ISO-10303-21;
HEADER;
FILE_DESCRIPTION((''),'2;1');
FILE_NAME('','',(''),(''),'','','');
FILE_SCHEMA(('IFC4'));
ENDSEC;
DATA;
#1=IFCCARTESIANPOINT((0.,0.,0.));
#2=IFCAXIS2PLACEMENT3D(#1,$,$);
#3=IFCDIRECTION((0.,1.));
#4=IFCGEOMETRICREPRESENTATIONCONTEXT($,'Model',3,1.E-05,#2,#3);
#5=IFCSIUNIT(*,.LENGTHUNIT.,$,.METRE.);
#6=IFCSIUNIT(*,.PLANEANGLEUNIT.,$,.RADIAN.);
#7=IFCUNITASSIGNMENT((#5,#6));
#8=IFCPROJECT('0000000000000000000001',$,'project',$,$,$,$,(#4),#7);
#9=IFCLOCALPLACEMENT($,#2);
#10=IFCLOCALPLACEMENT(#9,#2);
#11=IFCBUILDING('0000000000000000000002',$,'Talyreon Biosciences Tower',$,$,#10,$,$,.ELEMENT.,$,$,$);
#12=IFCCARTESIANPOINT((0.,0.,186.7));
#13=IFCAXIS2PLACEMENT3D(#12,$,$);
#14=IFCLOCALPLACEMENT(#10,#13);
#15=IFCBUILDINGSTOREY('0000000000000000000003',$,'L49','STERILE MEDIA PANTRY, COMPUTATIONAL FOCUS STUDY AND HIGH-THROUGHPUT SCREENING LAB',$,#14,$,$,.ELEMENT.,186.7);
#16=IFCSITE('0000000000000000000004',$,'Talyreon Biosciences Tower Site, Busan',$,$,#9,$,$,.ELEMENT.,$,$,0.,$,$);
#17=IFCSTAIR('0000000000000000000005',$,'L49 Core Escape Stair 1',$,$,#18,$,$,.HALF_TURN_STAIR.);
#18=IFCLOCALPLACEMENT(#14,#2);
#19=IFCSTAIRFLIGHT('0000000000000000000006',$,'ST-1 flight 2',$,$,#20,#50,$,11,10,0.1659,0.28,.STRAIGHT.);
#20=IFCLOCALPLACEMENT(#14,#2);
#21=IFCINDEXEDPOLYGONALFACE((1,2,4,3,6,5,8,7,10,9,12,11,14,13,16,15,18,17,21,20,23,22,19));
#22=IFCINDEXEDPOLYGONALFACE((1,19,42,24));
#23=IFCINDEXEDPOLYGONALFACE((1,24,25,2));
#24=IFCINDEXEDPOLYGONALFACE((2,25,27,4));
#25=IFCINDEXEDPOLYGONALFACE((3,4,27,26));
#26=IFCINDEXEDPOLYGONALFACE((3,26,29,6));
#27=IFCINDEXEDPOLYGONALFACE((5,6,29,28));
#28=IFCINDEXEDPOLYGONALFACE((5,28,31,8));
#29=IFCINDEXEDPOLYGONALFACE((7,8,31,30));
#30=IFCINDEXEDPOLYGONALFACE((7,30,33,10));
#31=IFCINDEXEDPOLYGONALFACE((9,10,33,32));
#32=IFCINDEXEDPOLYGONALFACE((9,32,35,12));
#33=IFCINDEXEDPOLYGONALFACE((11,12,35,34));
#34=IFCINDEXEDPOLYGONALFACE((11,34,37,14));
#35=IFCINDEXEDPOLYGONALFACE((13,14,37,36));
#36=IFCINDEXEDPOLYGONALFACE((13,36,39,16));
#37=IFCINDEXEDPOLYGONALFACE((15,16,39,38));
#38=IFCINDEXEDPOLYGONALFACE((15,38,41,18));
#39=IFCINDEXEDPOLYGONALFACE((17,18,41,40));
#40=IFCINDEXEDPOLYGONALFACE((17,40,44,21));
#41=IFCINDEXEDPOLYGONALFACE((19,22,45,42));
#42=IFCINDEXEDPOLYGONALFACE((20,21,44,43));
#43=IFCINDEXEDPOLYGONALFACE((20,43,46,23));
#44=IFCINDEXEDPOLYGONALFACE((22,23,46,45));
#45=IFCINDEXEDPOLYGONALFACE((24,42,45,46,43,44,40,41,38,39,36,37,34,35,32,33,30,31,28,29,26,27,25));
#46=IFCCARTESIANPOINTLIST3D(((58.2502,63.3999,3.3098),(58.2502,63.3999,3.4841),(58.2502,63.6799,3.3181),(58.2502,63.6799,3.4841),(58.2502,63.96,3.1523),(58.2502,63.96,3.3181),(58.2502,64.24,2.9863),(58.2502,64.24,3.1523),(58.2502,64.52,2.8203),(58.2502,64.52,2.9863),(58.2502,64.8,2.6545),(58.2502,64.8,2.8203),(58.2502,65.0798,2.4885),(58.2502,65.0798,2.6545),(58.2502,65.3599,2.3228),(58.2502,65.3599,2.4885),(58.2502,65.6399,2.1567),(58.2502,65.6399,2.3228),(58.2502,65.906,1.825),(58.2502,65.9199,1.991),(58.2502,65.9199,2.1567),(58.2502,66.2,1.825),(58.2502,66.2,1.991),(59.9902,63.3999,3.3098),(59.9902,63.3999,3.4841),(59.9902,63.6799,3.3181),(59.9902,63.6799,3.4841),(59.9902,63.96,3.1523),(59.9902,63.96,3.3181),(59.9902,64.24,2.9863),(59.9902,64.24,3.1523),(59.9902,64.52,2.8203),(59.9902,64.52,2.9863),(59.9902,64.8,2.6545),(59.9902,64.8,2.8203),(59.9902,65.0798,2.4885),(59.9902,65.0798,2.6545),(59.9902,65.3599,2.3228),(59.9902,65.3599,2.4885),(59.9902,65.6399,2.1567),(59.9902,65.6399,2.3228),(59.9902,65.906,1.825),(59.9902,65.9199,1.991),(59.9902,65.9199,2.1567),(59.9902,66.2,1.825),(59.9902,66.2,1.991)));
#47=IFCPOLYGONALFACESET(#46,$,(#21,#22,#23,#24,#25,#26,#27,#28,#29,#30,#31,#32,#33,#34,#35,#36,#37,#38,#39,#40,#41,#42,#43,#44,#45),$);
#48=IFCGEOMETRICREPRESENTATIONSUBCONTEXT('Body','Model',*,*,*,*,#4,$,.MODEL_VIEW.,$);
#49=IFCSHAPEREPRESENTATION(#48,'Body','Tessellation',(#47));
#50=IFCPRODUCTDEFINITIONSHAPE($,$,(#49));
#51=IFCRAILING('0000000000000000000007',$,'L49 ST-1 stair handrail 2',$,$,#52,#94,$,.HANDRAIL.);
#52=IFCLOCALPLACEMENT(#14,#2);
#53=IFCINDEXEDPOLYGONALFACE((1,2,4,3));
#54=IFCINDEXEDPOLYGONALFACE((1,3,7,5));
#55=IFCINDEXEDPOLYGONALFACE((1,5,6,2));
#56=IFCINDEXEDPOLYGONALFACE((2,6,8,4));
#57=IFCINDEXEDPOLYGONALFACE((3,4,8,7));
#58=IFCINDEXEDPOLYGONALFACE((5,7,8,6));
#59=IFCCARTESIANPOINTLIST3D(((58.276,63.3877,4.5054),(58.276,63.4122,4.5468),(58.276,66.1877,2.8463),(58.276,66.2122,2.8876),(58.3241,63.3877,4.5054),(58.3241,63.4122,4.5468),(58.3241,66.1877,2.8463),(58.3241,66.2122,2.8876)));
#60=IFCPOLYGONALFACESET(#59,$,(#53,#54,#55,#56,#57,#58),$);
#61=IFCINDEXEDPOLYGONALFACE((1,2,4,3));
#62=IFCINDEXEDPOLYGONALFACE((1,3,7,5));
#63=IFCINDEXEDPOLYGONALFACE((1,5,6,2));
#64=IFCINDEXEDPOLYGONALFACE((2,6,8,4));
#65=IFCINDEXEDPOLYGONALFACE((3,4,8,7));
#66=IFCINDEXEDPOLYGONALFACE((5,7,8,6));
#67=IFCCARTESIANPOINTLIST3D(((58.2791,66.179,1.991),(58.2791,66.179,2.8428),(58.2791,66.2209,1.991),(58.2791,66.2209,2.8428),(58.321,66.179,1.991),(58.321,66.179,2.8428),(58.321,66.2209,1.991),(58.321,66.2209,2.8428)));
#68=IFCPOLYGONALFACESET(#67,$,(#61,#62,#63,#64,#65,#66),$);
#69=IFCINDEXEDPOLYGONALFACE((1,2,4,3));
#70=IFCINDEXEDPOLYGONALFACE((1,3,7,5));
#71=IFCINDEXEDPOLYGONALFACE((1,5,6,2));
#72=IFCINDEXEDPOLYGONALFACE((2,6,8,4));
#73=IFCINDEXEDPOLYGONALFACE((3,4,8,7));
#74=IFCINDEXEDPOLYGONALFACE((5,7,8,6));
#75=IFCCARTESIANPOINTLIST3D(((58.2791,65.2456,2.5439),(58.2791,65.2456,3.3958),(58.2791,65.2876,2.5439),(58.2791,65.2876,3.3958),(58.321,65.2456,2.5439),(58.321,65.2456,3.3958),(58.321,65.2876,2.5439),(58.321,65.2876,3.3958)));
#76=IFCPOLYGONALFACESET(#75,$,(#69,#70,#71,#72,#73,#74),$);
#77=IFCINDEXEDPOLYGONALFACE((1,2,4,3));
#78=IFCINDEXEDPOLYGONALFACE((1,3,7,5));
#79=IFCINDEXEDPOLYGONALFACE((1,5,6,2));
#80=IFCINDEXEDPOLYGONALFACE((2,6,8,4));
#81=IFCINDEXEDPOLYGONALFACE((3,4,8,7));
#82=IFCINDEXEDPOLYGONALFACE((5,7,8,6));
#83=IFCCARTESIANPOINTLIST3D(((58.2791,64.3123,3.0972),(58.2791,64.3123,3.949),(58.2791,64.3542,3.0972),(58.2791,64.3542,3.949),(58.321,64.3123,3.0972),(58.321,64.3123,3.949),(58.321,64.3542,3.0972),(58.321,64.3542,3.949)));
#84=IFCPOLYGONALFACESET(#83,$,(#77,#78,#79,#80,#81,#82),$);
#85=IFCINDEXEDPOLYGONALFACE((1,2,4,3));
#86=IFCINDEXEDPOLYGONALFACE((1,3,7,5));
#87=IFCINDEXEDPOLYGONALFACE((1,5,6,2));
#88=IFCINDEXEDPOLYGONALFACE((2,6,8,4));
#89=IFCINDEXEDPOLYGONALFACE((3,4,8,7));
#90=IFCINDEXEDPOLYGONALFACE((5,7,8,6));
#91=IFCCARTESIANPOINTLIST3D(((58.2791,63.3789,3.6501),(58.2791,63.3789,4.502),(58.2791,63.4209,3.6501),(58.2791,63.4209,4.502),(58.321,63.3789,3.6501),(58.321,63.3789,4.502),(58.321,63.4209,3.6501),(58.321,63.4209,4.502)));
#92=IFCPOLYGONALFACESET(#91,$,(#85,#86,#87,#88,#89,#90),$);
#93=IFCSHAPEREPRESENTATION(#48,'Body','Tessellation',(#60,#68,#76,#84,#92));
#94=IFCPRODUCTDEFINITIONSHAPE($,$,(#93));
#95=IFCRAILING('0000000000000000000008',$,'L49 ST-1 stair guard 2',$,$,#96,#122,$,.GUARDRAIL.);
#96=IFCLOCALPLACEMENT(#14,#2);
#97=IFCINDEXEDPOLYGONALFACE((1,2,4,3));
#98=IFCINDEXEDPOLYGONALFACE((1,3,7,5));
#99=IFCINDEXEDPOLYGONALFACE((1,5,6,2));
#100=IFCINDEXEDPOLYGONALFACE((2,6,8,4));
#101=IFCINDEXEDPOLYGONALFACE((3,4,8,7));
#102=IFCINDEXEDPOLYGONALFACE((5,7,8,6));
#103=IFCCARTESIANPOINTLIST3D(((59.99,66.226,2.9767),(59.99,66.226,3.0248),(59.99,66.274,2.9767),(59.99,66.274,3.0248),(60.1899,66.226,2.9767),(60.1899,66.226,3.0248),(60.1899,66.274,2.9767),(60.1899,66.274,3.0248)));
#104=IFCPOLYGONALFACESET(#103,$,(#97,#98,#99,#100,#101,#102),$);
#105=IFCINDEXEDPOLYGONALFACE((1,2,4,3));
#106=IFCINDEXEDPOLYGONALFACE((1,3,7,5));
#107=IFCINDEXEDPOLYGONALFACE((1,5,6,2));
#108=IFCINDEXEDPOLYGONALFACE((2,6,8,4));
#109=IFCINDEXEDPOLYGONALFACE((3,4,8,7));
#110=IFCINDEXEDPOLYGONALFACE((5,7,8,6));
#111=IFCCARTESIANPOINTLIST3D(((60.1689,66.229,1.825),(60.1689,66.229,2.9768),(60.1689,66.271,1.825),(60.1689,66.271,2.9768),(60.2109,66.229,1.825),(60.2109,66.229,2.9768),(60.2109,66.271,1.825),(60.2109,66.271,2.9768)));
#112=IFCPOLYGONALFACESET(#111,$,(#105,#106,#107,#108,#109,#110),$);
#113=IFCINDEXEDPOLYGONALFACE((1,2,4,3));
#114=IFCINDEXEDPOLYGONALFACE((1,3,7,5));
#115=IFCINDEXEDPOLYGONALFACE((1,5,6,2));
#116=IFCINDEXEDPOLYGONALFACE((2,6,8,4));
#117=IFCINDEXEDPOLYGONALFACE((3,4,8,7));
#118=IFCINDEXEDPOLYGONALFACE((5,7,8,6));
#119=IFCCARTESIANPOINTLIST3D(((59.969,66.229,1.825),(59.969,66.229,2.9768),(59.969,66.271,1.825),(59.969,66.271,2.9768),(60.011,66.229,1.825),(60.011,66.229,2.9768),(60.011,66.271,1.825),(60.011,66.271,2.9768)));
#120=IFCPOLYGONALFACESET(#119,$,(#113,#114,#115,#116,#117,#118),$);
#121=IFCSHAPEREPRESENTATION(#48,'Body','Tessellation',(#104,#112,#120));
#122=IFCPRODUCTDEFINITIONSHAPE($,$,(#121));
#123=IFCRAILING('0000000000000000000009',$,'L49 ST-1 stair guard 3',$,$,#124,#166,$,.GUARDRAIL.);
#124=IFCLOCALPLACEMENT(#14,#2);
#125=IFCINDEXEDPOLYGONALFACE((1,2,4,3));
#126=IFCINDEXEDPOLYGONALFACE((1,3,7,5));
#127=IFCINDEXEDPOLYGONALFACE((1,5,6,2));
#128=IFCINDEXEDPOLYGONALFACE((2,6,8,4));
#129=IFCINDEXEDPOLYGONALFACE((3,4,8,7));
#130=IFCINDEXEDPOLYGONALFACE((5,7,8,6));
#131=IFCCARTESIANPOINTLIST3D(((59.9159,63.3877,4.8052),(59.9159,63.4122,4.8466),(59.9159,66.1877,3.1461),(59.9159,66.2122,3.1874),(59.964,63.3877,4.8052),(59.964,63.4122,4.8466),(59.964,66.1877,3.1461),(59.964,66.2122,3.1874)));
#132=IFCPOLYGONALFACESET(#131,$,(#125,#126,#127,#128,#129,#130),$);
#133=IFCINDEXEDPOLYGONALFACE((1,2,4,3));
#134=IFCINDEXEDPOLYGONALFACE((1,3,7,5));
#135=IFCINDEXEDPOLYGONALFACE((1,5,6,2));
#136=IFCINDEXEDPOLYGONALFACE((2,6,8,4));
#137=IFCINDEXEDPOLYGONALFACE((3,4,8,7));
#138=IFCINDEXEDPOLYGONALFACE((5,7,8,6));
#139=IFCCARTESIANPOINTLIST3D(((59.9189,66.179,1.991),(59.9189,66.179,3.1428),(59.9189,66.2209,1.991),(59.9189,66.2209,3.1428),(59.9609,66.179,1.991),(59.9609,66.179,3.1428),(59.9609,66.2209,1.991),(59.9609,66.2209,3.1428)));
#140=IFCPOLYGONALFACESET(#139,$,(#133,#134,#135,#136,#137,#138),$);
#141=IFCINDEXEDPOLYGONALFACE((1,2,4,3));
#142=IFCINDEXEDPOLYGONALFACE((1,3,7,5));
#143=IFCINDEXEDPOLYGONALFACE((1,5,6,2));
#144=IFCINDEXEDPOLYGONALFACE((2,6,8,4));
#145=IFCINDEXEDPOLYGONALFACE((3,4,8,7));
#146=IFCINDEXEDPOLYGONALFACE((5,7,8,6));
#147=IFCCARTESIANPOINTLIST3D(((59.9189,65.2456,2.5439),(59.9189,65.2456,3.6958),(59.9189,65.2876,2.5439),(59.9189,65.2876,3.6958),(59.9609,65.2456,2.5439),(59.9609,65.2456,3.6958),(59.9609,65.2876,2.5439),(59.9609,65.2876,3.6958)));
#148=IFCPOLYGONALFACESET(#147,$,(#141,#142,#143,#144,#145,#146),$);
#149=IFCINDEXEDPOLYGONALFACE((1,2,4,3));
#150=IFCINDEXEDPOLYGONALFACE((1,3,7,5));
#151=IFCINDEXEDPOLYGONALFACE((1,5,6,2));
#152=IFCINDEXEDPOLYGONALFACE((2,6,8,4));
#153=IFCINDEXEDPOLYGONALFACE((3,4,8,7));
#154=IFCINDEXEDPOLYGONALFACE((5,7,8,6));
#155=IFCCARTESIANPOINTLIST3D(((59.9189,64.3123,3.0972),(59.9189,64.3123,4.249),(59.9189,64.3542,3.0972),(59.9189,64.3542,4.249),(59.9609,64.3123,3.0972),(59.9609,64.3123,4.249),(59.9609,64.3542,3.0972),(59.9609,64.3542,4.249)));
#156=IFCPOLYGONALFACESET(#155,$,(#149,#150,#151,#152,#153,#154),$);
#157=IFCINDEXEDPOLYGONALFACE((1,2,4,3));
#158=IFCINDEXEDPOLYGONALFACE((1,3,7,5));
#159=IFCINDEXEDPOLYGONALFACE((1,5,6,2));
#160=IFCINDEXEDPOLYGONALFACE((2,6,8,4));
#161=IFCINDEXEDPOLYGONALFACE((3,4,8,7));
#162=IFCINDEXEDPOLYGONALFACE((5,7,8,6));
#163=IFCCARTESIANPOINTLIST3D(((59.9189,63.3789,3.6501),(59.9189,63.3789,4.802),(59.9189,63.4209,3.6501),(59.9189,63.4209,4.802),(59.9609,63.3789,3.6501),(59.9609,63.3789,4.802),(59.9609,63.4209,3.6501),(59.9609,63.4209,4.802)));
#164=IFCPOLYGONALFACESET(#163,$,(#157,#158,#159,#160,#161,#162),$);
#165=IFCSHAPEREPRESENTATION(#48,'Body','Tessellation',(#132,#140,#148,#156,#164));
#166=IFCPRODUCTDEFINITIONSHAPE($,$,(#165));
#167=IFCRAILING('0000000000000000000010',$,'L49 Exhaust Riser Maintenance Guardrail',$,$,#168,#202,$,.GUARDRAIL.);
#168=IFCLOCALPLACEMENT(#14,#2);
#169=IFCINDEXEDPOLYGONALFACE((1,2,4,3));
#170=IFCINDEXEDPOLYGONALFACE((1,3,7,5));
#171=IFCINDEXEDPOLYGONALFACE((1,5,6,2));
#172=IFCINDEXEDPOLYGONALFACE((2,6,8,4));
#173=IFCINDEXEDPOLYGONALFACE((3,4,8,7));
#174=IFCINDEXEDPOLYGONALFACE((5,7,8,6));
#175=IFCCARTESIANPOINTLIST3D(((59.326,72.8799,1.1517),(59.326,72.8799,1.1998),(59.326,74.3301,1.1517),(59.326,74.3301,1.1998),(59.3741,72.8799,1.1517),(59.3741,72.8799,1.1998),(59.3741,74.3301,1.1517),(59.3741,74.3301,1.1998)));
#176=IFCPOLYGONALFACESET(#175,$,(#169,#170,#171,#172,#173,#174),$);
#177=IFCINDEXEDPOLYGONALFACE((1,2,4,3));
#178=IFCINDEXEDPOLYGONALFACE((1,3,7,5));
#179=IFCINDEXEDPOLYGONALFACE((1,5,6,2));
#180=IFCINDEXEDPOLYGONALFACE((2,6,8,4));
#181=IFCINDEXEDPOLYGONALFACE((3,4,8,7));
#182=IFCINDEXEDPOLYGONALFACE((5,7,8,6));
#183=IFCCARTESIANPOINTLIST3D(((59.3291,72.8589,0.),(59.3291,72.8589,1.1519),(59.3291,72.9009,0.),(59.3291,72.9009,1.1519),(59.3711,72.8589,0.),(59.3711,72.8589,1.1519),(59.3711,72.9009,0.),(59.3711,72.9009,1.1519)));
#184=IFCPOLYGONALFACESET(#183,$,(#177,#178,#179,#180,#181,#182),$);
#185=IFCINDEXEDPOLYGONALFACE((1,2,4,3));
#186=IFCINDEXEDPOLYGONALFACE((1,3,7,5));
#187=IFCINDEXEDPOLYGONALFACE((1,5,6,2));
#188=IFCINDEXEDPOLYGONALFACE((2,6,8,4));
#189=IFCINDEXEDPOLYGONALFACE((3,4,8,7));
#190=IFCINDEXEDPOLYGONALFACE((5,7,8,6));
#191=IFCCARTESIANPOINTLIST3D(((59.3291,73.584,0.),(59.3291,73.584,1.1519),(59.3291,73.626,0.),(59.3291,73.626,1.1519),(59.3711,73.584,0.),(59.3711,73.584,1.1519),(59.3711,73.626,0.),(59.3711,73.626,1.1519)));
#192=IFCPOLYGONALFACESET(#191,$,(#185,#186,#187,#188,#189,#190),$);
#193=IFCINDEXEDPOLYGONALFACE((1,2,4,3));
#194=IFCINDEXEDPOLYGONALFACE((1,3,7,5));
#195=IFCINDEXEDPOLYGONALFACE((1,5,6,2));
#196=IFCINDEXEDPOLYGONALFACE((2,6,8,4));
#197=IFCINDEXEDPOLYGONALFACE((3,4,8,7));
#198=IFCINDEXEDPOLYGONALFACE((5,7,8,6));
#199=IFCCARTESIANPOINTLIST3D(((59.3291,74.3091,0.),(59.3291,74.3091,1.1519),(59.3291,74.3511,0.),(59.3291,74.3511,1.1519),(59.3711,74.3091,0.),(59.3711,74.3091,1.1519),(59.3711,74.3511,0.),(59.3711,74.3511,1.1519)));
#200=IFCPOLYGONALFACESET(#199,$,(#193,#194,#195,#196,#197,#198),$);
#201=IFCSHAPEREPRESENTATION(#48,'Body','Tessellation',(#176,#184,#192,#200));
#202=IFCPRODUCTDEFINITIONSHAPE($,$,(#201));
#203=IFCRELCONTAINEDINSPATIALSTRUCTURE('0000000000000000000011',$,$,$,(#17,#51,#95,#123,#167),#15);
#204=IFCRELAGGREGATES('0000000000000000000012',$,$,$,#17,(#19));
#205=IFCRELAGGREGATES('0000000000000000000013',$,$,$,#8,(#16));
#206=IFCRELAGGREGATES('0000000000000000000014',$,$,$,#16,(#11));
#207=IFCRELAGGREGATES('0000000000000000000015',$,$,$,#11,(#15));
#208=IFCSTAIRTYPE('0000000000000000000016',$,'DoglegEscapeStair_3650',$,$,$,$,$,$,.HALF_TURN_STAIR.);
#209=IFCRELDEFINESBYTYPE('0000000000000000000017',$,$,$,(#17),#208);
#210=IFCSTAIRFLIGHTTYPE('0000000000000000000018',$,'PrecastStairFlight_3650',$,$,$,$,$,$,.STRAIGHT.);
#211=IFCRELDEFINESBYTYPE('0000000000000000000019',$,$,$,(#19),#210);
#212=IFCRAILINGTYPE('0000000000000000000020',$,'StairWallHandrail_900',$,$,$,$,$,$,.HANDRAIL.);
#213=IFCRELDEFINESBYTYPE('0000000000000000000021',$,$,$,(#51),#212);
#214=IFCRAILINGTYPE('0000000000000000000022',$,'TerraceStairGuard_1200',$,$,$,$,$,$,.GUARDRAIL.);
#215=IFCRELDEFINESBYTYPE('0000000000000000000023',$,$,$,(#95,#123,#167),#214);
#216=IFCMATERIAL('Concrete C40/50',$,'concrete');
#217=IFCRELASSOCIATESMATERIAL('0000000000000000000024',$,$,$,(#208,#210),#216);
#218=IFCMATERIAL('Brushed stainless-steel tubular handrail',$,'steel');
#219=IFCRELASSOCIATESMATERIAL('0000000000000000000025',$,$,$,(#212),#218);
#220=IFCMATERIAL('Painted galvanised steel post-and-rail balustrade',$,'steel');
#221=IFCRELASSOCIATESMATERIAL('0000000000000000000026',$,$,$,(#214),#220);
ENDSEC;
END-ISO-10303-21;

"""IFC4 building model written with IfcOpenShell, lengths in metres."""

from ifc_helpers import new_model, si_unit, direction, frame, origin, origin_2d, place, context, subcontext, project, spatial, polyline, rectangle, outline, extrude, material, type_object, element, aggregate, save


model = new_model("IFC4")

# Units and contexts
model_context = context("Model", 3, precision=1e-05, world=origin(), true_north=direction((0.0, 1.0)))
body_context = subcontext(model_context, "Body", "Model", "MODEL_VIEW")
ifc_project = project(units=[si_unit("LENGTHUNIT", "METRE"), si_unit("PLANEANGLEUNIT", "RADIAN")], contexts=[model_context])

# Site, building, storey
site_placement = place(None, origin())
site = spatial("IfcSite", under=ifc_project, at=site_placement, Name="Talyreon Biosciences Tower Site, Busan", CompositionType="ELEMENT", RefElevation=0.0)
building_placement = place(site_placement, origin())
building = spatial("IfcBuilding", under=site, at=building_placement, Name="Talyreon Biosciences Tower", CompositionType="ELEMENT")
storey_placement = place(building_placement, frame((0.0, 0.0, 186.7)))
storey = spatial("IfcBuildingStorey", under=building, at=storey_placement, Name="L49", Description="STERILE MEDIA PANTRY, COMPUTATIONAL FOCUS STUDY AND HIGH-THROUGHPUT SCREENING LAB", CompositionType="ELEMENT", Elevation=186.7)

# Stair, stair flight
ifc_material_1 = material(Name="Concrete C40/50", Category="concrete")
stair_type = type_object("IfcStairType", Name="DoglegEscapeStair_3650", PredefinedType="HALF_TURN_STAIR", material=ifc_material_1)
stair_placement = place(storey_placement, origin())
stair = element("IfcStair", 1, at=stair_placement, inside=storey, type_object=stair_type, Name="L49 Core Escape Stair 1", PredefinedType="HALF_TURN_STAIR")
stair_flight_type = type_object("IfcStairFlightType", Name="PrecastStairFlight_3650", PredefinedType="STRAIGHT", material=ifc_material_1)
stair_flight_placement = place(storey_placement, frame((59.1201, 66.2, 1.825), z_axis=(0.0, 0.0, 1.0), x_axis=(0.0, -1.0, 0.0)))
stair_flight = element("IfcStairFlight", 2, at=stair_flight_placement, type_object=stair_flight_type, Name="ST-1 flight 2", NumberOfRisers=11, NumberOfTreads=10, PredefinedType="STRAIGHT", RiserHeight=0.1659, TreadLength=0.28, context=body_context, shape_type="SweptSolid", body=[
    extrude(outline(polyline([(0.0, 0.0), (0.0, 0.166), (0.28, 0.166), (0.28, 0.3318), (0.5601, 0.3318), (0.5601, 0.4978), (0.8401, 0.4978), (0.8401, 0.6636), (1.1201, 0.6636), (1.1201, 0.8296), (1.3999, 0.8296), (1.3999, 0.9954), (1.6799, 0.9954), (1.6799, 1.1614), (1.96, 1.1614), (1.96, 1.3274), (2.24, 1.3274), (2.24, 1.4932), (2.52, 1.4932), (2.52, 1.6592), (2.8, 1.6592), (2.8, 1.825), (2.8, 1.4849), (0.2939, 0.0), (0.0, 0.0)])), frame((0.0, 0.8701, 0.0), z_axis=(0.0, -1.0, 0.0), x_axis=(1.0, 0.0, 0.0)), (0.0, 0.0, 1.0), 1.74),
])
aggregate(stair, [stair_flight])

# Railings
ifc_material_2 = material(Name="Brushed stainless-steel tubular handrail", Category="steel")
railing_type_1 = type_object("IfcRailingType", Name="StairWallHandrail_900", PredefinedType="HANDRAIL", material=ifc_material_2)
railing_1_placement = place(storey_placement, frame((58.3, 66.2, 1.991)))
element("IfcRailing", 3, at=railing_1_placement, inside=storey, type_object=railing_type_1, Name="L49 ST-1 stair handrail 2", PredefinedType="HANDRAIL", context=body_context, shape_type="SweptSolid", body=[
    extrude(rectangle(XDim=0.0481, YDim=0.0481, at=origin_2d()), frame((0.0, 0.0, 0.876), z_axis=(0.0, -0.860306, 0.509778), x_axis=(1.0, 0.0, 0.0)), (0.0, 0.0, 1.0), 3.2546),
    extrude(rectangle(XDim=0.042, YDim=0.042, at=origin_2d()), origin(), (0.0, 0.0, 1.0), 0.8518),
    extrude(rectangle(XDim=0.042, YDim=0.042, at=origin_2d()), frame((0.0, -0.9333, 0.553)), (0.0, 0.0, 1.0), 0.8518),
    extrude(rectangle(XDim=0.042, YDim=0.042, at=origin_2d()), frame((0.0, -1.8667, 1.1062)), (0.0, 0.0, 1.0), 0.8518),
    extrude(rectangle(XDim=0.042, YDim=0.042, at=origin_2d()), frame((0.0, -2.8, 1.6592)), (0.0, 0.0, 1.0), 0.8518),
])
ifc_material_3 = material(Name="Painted galvanised steel post-and-rail balustrade", Category="steel")
railing_type_2 = type_object("IfcRailingType", Name="TerraceStairGuard_1200", PredefinedType="GUARDRAIL", material=ifc_material_3)
railing_2_placement = place(storey_placement, frame((60.1899, 66.25, 1.825)))
element("IfcRailing", 4, at=railing_2_placement, inside=storey, type_object=railing_type_2, Name="L49 ST-1 stair guard 2", PredefinedType="GUARDRAIL", context=body_context, shape_type="SweptSolid", body=[
    extrude(rectangle(XDim=0.0481, YDim=0.0481, at=origin_2d()), frame((0.0, 0.0, 1.1758), z_axis=(-1.0, 0.0, 0.0), x_axis=(0.0, -1.0, 0.0)), (0.0, 0.0, 1.0), 0.2),
    extrude(rectangle(XDim=0.042, YDim=0.042, at=origin_2d()), origin(), (0.0, 0.0, 1.0), 1.1519),
    extrude(rectangle(XDim=0.042, YDim=0.042, at=origin_2d()), frame((-0.2, 0.0, 0.0)), (0.0, 0.0, 1.0), 1.1519),
])
railing_3_placement = place(storey_placement, frame((59.9399, 66.2, 1.991)))
element("IfcRailing", 5, at=railing_3_placement, inside=storey, type_object=railing_type_2, Name="L49 ST-1 stair guard 3", PredefinedType="GUARDRAIL", context=body_context, shape_type="SweptSolid", body=[
    extrude(rectangle(XDim=0.0481, YDim=0.0481, at=origin_2d()), frame((0.0, 0.0, 1.1758), z_axis=(0.0, -0.860306, 0.509778), x_axis=(1.0, 0.0, 0.0)), (0.0, 0.0, 1.0), 3.2546),
    extrude(rectangle(XDim=0.042, YDim=0.042, at=origin_2d()), origin(), (0.0, 0.0, 1.0), 1.1519),
    extrude(rectangle(XDim=0.042, YDim=0.042, at=origin_2d()), frame((0.0, -0.9333, 0.553)), (0.0, 0.0, 1.0), 1.1519),
    extrude(rectangle(XDim=0.042, YDim=0.042, at=origin_2d()), frame((0.0, -1.8667, 1.1062)), (0.0, 0.0, 1.0), 1.1519),
    extrude(rectangle(XDim=0.042, YDim=0.042, at=origin_2d()), frame((0.0, -2.8, 1.6592)), (0.0, 0.0, 1.0), 1.1519),
])
railing_4_placement = place(storey_placement, frame((59.3501, 72.8799, 0.0)))
element("IfcRailing", 6, at=railing_4_placement, inside=storey, type_object=railing_type_2, Name="L49 Exhaust Riser Maintenance Guardrail", PredefinedType="GUARDRAIL", context=body_context, shape_type="SweptSolid", body=[
    extrude(rectangle(XDim=0.0481, YDim=0.0481, at=origin_2d()), frame((0.0, 0.0, 1.1758), z_axis=(0.0, 1.0, 0.0), x_axis=(-1.0, 0.0, 0.0)), (0.0, 0.0, 1.0), 1.4502),
    extrude(rectangle(XDim=0.042, YDim=0.042, at=origin_2d()), origin(), (0.0, 0.0, 1.0), 1.1519),
    extrude(rectangle(XDim=0.042, YDim=0.042, at=origin_2d()), frame((0.0, 0.7251, 0.0)), (0.0, 0.0, 1.0), 1.1519),
    extrude(rectangle(XDim=0.042, YDim=0.042, at=origin_2d()), frame((0.0, 1.4502, 0.0)), (0.0, 0.0, 1.0), 1.1519),
])

save(model, "model.ifc")
